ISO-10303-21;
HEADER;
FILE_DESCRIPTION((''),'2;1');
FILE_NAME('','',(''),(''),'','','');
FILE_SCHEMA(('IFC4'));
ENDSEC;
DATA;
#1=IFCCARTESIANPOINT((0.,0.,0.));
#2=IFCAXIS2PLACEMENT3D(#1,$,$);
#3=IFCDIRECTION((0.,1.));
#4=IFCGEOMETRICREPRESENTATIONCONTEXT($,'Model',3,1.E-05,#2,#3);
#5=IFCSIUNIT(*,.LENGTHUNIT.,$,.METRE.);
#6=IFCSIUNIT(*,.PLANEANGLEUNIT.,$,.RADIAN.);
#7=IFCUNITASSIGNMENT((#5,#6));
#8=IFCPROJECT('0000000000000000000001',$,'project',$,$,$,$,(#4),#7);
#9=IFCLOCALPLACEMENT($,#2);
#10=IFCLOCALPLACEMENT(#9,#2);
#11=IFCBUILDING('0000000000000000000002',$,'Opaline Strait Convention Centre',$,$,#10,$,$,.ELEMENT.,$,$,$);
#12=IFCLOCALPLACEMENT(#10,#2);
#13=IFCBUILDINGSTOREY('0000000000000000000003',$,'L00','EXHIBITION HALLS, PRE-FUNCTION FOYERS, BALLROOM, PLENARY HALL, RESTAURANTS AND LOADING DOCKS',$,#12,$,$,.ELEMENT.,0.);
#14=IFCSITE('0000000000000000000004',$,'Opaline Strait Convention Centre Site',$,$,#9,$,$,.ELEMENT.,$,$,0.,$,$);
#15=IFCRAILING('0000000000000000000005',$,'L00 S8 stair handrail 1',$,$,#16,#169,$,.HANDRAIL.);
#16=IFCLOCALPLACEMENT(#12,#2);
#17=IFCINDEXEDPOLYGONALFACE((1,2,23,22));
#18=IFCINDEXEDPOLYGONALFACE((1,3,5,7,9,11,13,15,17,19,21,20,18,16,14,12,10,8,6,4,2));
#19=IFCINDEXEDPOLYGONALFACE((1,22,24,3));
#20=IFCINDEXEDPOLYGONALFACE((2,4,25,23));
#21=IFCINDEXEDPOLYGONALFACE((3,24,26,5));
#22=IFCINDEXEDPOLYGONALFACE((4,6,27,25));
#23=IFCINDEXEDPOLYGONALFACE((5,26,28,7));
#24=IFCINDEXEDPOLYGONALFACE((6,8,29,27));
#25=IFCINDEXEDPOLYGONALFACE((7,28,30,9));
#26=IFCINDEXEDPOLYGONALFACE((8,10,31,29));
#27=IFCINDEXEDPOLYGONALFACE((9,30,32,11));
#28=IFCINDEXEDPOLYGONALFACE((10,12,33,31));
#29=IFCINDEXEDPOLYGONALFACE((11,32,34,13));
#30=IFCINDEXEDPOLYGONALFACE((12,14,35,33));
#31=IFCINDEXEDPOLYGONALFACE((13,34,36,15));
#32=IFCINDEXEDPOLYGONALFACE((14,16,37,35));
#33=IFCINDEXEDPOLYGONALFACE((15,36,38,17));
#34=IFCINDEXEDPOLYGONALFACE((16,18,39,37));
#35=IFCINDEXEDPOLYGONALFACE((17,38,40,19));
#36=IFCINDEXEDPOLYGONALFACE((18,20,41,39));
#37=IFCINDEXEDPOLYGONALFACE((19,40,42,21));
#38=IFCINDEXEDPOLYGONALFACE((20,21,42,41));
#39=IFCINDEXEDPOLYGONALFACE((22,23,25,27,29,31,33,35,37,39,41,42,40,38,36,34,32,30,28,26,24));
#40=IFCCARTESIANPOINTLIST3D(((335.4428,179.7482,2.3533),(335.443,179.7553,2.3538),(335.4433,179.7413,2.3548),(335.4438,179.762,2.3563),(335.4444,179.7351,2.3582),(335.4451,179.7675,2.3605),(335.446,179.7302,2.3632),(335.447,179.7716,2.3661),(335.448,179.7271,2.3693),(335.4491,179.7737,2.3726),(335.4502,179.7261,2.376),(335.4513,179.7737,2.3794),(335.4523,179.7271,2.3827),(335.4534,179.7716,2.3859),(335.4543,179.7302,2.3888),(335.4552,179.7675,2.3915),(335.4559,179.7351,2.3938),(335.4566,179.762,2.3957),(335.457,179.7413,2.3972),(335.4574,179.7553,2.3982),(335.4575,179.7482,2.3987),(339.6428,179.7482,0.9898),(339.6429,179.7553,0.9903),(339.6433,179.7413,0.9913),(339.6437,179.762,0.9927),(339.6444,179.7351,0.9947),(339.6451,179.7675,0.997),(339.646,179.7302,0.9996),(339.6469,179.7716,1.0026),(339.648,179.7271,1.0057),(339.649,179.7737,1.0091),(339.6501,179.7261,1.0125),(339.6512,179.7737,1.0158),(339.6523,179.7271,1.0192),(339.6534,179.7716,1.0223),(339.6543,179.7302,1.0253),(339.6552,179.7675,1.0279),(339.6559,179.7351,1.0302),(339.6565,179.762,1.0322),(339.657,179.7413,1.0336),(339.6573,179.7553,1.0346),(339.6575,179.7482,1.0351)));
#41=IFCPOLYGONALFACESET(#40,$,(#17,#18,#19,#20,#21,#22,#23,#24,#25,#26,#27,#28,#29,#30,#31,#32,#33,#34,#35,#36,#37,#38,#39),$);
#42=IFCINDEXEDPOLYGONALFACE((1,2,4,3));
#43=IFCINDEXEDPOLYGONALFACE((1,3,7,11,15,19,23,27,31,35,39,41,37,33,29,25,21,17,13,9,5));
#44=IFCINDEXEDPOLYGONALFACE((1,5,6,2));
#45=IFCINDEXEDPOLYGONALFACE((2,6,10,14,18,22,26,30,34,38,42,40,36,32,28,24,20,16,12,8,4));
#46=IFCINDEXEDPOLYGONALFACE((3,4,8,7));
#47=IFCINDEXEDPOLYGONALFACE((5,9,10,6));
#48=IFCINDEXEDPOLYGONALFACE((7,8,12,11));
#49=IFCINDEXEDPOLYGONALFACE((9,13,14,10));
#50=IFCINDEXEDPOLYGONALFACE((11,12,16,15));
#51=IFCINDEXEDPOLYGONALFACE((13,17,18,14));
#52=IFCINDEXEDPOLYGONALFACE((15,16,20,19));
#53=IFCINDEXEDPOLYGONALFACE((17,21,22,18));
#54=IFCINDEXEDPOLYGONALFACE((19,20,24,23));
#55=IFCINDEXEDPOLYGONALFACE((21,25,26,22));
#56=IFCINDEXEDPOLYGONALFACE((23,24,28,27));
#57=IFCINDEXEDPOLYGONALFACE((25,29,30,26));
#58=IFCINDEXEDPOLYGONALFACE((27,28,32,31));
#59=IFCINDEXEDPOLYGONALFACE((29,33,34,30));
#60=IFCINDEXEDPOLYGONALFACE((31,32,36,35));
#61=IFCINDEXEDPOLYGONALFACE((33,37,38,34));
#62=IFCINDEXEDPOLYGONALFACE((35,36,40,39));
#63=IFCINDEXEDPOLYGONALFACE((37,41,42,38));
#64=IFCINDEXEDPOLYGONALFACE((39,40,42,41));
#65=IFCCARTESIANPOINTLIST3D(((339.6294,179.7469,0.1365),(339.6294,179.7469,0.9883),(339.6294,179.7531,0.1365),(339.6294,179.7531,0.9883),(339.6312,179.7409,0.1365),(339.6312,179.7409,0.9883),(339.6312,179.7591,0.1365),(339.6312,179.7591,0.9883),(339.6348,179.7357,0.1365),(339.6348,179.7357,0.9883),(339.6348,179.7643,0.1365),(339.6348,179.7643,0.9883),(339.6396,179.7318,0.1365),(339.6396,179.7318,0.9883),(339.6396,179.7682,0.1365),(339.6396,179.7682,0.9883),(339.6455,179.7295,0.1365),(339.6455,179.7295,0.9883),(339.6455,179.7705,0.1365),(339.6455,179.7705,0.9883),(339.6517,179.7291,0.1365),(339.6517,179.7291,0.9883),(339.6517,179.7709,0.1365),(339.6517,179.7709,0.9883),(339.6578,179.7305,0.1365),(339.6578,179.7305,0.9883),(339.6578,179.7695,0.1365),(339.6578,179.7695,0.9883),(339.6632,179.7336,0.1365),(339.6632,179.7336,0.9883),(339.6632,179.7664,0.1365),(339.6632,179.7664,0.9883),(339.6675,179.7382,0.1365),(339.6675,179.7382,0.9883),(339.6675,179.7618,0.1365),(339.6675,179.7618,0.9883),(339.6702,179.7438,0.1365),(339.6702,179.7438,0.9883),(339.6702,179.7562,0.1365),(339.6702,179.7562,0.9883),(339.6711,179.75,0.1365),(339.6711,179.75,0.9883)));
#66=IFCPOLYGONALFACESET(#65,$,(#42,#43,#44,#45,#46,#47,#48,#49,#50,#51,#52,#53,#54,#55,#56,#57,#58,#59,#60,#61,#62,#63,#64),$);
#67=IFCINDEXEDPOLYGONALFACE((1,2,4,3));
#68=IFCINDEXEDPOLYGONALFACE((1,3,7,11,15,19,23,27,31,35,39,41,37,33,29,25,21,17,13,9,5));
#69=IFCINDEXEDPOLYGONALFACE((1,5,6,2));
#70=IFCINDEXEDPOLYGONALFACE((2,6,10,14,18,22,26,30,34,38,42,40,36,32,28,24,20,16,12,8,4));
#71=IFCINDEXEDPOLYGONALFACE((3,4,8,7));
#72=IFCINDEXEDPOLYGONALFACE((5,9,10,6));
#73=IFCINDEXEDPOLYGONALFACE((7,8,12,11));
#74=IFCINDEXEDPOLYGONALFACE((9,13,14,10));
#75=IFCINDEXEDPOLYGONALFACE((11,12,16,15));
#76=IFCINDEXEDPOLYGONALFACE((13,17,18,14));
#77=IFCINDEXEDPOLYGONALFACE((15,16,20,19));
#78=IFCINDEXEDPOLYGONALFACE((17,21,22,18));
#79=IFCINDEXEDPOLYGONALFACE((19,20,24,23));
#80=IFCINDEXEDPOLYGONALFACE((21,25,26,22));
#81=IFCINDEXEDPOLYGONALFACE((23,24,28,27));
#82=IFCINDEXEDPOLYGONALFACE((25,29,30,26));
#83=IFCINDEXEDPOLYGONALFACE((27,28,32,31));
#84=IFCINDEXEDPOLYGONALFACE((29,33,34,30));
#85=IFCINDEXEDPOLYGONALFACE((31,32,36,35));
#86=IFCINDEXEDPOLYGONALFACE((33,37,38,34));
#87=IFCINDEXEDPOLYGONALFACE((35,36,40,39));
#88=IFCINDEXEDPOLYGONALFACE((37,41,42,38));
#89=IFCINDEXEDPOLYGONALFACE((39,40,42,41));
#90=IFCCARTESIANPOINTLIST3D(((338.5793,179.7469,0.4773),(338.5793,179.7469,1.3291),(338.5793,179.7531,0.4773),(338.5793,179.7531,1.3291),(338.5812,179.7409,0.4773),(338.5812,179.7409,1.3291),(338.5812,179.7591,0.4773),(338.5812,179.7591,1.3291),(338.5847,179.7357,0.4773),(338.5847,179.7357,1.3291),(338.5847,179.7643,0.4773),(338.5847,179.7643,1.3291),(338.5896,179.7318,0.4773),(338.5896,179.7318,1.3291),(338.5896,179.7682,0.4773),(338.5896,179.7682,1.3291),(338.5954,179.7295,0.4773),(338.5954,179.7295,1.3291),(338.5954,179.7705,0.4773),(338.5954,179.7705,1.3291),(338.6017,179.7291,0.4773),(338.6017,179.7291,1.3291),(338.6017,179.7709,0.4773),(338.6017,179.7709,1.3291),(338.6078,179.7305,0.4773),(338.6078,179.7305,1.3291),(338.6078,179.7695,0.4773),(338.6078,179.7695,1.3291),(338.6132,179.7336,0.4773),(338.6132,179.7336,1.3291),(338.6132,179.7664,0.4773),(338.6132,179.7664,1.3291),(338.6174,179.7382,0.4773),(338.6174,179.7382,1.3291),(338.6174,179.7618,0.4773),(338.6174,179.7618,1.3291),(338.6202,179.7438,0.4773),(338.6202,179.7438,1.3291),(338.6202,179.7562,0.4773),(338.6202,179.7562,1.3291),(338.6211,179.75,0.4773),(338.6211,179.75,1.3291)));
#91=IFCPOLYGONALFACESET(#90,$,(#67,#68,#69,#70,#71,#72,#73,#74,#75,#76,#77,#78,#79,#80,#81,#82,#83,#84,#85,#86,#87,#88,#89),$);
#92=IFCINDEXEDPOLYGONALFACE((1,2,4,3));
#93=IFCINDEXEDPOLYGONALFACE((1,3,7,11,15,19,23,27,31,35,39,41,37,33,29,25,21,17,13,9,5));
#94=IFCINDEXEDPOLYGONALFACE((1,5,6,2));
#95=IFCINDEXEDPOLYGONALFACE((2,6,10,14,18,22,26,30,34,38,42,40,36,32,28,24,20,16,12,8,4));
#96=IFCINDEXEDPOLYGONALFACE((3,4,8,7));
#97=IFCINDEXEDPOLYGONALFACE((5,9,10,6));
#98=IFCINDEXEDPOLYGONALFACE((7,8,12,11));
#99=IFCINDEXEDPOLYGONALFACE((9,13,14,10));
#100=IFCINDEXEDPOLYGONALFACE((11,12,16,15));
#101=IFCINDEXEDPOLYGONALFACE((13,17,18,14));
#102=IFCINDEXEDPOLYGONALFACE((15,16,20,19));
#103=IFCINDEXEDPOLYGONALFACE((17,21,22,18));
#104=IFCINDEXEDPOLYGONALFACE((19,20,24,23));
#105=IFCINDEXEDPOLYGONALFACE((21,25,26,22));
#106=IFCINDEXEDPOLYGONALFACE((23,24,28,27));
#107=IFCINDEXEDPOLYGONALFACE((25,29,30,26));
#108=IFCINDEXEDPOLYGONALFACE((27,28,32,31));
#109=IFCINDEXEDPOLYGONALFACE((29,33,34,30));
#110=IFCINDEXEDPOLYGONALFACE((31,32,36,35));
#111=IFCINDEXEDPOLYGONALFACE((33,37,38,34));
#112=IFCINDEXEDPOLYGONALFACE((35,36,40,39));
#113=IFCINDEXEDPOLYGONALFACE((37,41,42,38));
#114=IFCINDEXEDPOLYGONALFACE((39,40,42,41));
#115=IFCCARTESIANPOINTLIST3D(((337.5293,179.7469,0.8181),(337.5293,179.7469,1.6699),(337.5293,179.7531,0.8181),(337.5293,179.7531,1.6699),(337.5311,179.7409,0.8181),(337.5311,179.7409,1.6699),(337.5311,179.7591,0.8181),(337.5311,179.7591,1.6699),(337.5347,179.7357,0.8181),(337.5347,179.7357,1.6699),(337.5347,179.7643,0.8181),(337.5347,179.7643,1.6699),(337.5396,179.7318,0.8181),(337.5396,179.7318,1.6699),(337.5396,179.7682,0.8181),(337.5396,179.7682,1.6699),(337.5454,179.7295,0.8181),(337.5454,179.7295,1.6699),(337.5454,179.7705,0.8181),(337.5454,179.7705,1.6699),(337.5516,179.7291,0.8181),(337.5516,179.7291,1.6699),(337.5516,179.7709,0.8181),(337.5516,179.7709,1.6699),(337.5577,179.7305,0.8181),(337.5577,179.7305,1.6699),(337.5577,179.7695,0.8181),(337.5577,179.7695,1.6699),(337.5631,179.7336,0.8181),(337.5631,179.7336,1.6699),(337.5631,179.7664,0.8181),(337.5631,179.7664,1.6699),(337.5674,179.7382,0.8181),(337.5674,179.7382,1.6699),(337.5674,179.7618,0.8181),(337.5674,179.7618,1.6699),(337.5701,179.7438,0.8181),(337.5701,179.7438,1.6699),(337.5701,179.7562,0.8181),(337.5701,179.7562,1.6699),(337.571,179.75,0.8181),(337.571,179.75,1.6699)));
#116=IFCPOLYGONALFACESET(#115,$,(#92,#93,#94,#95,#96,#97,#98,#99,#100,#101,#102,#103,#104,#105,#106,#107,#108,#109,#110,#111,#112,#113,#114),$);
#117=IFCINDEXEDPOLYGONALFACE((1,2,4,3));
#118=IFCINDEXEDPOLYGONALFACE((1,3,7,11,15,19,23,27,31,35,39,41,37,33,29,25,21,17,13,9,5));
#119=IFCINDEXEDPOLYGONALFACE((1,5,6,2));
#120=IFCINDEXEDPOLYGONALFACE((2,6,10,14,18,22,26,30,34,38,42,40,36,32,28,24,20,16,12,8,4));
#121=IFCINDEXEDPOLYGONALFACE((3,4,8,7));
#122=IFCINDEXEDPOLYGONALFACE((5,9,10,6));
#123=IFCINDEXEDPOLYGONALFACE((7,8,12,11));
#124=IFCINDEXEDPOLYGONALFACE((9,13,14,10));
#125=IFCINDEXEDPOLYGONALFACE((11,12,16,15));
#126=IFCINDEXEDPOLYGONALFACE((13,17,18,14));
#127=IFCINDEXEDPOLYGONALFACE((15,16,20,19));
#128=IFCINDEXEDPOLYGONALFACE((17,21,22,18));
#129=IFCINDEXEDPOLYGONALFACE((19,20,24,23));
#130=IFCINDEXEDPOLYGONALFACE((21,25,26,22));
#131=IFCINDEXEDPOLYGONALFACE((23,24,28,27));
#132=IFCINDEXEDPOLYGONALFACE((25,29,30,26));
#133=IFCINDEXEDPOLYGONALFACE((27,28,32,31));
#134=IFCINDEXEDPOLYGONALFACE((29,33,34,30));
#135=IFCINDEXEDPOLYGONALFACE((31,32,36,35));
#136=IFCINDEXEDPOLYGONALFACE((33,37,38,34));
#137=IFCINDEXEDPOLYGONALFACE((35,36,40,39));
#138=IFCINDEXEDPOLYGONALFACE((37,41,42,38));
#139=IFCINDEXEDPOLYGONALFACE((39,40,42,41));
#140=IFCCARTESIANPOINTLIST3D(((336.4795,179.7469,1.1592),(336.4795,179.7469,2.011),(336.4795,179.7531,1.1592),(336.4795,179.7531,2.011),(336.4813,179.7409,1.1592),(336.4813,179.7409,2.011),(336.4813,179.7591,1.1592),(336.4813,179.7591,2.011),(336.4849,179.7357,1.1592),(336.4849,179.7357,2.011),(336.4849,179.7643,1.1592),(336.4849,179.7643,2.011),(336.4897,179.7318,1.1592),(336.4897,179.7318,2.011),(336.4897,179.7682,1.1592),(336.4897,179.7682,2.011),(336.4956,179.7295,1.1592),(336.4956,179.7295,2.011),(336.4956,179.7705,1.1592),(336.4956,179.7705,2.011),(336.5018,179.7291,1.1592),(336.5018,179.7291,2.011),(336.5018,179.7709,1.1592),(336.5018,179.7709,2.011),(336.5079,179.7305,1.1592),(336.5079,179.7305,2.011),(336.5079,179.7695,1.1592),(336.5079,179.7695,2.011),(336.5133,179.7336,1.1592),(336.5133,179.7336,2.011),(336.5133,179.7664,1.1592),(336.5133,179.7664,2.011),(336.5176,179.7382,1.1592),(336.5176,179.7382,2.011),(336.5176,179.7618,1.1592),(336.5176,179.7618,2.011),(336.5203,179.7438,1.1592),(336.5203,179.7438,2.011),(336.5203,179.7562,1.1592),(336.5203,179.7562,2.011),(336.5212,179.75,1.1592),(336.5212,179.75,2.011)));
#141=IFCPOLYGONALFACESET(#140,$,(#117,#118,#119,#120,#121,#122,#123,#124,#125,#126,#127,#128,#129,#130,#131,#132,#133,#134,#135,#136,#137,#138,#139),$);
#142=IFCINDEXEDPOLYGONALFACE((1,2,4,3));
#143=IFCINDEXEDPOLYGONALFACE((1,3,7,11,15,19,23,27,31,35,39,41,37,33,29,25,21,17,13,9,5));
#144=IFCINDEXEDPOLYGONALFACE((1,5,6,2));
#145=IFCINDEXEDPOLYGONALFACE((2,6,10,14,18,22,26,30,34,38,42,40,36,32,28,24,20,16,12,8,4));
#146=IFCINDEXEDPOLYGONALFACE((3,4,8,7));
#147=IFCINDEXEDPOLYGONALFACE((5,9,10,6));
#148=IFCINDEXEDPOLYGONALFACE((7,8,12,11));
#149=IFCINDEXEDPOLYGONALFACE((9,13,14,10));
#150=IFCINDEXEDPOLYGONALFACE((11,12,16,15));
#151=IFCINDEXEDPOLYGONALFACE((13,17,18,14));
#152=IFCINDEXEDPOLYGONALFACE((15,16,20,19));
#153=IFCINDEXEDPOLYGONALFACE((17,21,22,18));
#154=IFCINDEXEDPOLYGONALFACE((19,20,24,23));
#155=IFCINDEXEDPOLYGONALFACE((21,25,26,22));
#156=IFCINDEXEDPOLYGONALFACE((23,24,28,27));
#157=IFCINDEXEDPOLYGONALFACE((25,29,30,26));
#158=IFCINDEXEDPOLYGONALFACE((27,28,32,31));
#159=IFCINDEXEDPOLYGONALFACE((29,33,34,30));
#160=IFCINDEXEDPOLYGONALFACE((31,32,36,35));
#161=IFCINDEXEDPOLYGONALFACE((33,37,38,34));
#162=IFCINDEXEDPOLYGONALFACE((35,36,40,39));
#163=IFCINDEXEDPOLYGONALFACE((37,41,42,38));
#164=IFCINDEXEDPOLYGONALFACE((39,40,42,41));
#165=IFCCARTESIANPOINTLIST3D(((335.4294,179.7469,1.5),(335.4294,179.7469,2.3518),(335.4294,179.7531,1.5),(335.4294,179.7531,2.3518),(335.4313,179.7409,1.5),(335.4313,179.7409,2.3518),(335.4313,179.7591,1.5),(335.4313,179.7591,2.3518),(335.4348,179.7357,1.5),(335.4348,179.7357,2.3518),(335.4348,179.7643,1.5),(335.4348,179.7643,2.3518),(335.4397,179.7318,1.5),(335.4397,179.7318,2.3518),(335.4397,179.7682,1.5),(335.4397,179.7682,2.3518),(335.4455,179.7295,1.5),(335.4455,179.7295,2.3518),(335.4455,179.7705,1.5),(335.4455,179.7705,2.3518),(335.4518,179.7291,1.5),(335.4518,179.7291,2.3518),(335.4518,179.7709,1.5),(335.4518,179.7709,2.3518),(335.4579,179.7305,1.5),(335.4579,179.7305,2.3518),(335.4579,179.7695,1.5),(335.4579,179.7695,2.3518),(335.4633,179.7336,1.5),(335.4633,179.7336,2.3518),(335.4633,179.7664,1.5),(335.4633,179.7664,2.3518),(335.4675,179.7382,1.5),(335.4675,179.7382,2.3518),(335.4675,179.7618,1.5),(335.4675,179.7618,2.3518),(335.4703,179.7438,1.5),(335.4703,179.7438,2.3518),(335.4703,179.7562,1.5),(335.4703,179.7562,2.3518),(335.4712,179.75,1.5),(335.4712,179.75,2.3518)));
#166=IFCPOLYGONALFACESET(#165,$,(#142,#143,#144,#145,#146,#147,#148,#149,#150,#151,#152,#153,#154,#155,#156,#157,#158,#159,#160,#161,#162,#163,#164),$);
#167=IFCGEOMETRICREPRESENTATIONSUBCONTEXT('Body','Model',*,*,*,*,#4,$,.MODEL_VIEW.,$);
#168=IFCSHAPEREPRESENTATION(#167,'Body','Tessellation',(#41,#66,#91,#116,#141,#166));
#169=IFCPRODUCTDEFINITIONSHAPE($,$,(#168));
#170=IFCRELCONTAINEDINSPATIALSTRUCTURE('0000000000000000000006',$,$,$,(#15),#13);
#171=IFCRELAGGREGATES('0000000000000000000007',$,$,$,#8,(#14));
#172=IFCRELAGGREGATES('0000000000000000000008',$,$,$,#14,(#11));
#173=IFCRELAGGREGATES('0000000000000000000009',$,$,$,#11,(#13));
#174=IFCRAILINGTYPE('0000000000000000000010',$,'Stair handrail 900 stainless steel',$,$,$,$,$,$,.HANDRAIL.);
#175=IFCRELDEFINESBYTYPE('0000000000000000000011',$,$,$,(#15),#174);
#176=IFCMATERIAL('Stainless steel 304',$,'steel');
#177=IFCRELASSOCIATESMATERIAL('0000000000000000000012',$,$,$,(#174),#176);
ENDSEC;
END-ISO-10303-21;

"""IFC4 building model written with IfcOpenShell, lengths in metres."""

from ifc_helpers import new_model, si_unit, direction, frame, origin, origin_2d, place, context, subcontext, project, spatial, circle, extrude, material, type_object, element, save


model = new_model("IFC4")

# Units and contexts
model_context = context("Model", 3, precision=1e-05, world=origin(), true_north=direction((0.0, 1.0)))
body_context = subcontext(model_context, "Body", "Model", "MODEL_VIEW")
ifc_project = project(units=[si_unit("LENGTHUNIT", "METRE"), si_unit("PLANEANGLEUNIT", "RADIAN")], contexts=[model_context])

# Site, building, storey
site_placement = place(None, origin())
site = spatial("IfcSite", under=ifc_project, at=site_placement, Name="Opaline Strait Convention Centre Site", CompositionType="ELEMENT", RefElevation=0.0)
building_placement = place(site_placement, origin())
building = spatial("IfcBuilding", under=site, at=building_placement, Name="Opaline Strait Convention Centre", CompositionType="ELEMENT")
storey_placement = place(building_placement, origin())
storey = spatial("IfcBuildingStorey", under=building, at=storey_placement, Name="L00", Description="EXHIBITION HALLS, PRE-FUNCTION FOYERS, BALLROOM, PLENARY HALL, RESTAURANTS AND LOADING DOCKS", CompositionType="ELEMENT", Elevation=0.0)

# Railing
ifc_material_1 = material(Name="Stainless steel 304", Category="steel")
railing_type_1 = type_object("IfcRailingType", Name="Stair handrail 900 stainless steel", PredefinedType="HANDRAIL", material=ifc_material_1)
for number, where, name in (
    (1, (339.6501, 179.75, 0.1365), "L00 S8 stair handrail 1"),
):
    element("IfcRailing", number, at=place(storey_placement, frame(where)), inside=storey, type_object=railing_type_1, Name=name, PredefinedType="HANDRAIL", context=body_context, shape_type="SweptSolid", body=[
        extrude(circle(Radius=0.0239, at=origin_2d()), frame((0.0, 0.0, 0.876), z_axis=(-0.951131, 0.0, 0.308787), x_axis=(0.0, -1.0, 0.0)), (0.0, 0.0, 1.0), 4.4158),
        extrude(circle(Radius=0.021, at=origin_2d()), origin(), (0.0, 0.0, 1.0), 0.8518),
        extrude(circle(Radius=0.021, at=origin_2d()), frame((-1.05, 0.0, 0.3408)), (0.0, 0.0, 1.0), 0.8518),
        extrude(circle(Radius=0.021, at=origin_2d()), frame((-2.1001, 0.0, 0.6816)), (0.0, 0.0, 1.0), 0.8518),
        extrude(circle(Radius=0.021, at=origin_2d()), frame((-3.1499, 0.0, 1.0227)), (0.0, 0.0, 1.0), 0.8518),
        extrude(circle(Radius=0.021, at=origin_2d()), frame((-4.2, 0.0, 1.3635)), (0.0, 0.0, 1.0), 0.8518),
    ])

save(model, "model.ifc")
